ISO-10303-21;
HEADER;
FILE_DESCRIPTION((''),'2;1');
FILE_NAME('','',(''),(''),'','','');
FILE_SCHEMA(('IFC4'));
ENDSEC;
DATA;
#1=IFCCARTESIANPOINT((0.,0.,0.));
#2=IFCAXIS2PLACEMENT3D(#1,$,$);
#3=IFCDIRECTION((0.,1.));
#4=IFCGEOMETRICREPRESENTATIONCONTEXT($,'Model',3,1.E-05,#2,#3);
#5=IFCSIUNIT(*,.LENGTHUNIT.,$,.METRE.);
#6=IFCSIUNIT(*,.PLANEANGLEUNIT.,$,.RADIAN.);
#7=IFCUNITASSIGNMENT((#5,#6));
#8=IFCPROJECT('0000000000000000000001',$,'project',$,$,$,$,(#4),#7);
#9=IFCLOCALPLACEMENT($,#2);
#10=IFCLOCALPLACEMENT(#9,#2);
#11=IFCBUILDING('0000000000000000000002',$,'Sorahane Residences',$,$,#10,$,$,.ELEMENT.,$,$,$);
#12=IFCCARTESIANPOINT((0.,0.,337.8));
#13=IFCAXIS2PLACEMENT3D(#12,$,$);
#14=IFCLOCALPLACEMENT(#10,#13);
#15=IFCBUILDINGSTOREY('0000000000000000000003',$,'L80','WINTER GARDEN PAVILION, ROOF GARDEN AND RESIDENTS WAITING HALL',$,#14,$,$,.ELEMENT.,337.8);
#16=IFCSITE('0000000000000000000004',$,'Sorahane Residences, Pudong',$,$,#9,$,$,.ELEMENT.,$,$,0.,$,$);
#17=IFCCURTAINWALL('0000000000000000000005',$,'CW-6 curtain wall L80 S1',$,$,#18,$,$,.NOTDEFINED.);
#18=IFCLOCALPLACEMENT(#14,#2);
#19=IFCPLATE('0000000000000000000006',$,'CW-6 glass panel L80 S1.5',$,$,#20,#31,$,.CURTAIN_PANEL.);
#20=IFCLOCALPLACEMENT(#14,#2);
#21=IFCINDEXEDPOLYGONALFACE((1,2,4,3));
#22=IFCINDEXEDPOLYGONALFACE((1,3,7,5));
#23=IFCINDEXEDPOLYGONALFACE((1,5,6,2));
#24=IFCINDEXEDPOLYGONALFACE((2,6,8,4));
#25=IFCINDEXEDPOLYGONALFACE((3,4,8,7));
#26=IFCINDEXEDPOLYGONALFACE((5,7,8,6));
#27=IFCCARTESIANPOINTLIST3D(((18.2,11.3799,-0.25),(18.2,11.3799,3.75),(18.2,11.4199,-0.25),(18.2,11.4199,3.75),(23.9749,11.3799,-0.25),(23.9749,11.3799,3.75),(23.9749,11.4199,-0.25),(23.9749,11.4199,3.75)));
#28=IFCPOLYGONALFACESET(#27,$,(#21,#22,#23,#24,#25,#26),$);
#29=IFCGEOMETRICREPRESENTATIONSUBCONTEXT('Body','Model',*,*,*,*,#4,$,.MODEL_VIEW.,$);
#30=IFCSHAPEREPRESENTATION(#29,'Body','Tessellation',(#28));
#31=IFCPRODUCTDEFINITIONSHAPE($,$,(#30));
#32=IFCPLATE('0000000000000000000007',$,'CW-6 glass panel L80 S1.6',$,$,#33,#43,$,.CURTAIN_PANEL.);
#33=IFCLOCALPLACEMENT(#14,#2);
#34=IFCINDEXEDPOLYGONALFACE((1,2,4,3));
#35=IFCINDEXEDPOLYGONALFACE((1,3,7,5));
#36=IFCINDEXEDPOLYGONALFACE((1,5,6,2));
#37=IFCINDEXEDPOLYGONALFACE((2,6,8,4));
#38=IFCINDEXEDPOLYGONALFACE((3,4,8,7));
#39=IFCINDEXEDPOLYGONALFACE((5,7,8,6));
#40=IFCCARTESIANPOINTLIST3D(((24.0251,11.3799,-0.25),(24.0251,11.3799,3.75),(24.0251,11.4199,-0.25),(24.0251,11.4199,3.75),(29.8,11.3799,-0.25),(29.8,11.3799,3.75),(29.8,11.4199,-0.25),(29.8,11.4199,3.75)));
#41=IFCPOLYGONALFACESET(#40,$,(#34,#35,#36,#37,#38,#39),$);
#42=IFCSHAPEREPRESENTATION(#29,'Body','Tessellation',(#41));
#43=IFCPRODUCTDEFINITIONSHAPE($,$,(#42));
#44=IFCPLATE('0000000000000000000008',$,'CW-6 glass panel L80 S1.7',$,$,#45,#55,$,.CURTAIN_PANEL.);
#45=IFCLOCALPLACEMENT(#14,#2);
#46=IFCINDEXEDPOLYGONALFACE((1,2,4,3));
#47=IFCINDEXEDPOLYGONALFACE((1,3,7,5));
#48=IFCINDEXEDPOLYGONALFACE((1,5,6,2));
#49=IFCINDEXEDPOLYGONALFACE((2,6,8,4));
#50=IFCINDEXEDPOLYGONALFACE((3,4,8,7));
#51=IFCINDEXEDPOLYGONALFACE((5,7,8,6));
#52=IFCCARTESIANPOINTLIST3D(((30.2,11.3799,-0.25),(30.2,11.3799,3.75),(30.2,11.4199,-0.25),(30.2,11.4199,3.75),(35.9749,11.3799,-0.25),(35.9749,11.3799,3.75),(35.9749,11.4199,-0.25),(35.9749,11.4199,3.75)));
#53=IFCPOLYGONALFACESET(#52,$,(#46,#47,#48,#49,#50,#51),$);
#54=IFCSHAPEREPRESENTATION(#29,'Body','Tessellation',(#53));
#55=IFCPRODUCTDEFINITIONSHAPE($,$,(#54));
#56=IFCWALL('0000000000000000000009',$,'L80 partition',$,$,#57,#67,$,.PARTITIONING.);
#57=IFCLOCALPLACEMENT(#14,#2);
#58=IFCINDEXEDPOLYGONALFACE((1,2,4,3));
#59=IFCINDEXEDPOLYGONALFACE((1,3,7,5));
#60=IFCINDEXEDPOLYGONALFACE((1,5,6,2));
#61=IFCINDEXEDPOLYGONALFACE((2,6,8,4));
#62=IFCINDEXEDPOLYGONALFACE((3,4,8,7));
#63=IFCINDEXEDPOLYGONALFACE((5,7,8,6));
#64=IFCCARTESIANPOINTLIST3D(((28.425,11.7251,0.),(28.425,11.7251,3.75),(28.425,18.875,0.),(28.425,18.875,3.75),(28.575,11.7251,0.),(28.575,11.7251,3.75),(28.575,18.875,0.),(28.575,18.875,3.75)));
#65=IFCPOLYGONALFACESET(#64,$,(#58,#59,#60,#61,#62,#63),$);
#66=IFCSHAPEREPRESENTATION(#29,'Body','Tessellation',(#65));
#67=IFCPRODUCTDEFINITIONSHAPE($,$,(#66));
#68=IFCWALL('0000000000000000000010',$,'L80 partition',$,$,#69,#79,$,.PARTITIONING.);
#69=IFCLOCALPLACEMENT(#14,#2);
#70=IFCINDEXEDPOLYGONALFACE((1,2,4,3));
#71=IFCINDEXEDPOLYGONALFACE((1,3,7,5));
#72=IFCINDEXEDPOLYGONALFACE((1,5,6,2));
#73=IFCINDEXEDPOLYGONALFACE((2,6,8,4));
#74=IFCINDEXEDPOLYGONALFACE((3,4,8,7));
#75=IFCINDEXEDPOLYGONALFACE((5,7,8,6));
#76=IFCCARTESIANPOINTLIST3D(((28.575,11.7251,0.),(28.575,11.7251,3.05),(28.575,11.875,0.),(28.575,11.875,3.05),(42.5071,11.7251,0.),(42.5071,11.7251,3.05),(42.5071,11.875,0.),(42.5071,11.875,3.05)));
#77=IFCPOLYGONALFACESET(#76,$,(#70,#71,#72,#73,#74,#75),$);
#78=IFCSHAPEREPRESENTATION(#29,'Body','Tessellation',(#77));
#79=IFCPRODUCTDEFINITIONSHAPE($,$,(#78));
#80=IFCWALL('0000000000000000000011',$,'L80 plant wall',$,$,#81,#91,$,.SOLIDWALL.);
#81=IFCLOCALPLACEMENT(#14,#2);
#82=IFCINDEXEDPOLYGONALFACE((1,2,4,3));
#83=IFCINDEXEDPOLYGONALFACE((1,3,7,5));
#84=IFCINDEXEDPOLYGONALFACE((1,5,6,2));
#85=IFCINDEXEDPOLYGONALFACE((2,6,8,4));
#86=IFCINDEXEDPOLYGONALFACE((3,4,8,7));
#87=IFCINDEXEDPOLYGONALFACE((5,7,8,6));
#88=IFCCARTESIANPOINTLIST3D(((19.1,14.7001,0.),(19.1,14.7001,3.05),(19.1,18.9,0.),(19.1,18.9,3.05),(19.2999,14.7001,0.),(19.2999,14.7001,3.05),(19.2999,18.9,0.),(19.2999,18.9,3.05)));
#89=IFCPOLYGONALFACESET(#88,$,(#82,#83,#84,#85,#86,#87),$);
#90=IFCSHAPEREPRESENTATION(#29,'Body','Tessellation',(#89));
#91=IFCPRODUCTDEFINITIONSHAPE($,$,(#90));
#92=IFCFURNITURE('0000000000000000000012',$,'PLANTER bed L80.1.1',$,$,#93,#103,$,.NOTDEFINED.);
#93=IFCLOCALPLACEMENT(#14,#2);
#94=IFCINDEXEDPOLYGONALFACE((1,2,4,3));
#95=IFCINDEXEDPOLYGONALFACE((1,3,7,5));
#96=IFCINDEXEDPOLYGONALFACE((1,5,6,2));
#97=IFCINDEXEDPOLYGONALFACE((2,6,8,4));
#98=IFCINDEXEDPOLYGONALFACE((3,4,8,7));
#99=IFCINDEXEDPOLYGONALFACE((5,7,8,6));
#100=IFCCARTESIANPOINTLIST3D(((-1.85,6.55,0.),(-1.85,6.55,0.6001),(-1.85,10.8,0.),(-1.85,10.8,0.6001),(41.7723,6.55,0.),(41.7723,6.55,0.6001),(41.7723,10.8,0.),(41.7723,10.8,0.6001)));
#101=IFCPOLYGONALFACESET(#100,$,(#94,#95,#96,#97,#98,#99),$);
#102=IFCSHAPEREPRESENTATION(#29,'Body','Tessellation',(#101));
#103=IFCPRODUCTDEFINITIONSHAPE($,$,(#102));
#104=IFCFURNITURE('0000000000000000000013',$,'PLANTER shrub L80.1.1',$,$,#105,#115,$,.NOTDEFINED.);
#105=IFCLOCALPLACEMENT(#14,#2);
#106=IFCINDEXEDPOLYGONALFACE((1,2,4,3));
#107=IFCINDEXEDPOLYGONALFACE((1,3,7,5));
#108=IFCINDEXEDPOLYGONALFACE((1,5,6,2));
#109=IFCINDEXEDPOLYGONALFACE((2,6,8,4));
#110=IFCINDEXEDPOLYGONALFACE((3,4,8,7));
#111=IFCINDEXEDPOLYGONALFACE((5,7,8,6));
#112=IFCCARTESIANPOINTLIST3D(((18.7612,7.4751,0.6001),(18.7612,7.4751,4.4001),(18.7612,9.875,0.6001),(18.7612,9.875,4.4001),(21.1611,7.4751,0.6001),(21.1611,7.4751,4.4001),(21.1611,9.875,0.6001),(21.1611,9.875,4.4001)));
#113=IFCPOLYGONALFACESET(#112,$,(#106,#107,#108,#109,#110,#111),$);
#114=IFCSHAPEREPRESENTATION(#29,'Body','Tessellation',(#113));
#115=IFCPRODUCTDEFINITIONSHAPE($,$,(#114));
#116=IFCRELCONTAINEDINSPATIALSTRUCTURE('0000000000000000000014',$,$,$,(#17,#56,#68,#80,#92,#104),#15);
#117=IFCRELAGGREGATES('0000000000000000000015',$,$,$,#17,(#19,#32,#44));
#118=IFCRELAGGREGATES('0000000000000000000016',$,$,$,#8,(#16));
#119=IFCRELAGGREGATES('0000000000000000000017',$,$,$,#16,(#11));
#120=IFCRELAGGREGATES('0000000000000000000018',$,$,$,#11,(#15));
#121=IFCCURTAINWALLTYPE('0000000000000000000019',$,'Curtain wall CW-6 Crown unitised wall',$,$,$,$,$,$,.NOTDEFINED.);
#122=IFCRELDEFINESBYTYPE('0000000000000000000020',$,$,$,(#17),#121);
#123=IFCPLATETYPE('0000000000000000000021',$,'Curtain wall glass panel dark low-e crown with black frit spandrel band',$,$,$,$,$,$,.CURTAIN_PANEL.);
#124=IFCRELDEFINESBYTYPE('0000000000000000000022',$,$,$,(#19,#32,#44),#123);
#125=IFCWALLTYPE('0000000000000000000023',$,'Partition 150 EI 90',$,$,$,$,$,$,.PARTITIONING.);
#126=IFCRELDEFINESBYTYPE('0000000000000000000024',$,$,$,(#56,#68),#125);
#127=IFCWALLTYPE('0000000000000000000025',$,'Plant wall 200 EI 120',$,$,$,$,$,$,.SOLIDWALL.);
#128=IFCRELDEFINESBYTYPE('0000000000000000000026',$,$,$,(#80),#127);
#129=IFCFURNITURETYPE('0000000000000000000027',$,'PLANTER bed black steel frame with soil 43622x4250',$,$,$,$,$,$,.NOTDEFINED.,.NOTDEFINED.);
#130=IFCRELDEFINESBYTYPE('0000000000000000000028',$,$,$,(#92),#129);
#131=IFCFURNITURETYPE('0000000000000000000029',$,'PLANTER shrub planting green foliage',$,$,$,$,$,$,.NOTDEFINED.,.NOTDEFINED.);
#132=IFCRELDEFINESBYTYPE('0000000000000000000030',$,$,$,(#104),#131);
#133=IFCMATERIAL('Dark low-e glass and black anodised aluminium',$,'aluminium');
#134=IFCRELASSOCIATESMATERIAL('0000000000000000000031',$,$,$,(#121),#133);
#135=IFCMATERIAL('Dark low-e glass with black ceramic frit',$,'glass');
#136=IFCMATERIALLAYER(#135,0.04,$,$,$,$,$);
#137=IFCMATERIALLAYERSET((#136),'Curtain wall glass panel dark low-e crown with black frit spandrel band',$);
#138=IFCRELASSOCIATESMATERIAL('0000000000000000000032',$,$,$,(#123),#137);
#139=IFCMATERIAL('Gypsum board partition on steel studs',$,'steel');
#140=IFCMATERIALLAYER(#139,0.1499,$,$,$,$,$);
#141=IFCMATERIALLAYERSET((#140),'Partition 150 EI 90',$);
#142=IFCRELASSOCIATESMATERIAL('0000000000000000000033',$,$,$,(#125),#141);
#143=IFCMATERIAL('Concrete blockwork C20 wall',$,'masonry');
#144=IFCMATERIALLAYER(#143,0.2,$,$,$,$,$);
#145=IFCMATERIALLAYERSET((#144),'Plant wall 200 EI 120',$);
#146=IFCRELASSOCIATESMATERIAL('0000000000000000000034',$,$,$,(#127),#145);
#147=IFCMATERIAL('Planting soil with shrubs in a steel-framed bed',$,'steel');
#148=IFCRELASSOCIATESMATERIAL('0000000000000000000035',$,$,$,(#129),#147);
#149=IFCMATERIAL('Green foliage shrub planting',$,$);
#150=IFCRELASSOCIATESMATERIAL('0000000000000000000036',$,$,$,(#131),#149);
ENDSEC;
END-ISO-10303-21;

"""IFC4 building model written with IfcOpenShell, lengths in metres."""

from ifc_helpers import new_model, si_unit, direction, frame, frame_2d, origin, origin_2d, place, context, subcontext, project, spatial, rectangle, extrude, material, layer, layer_set, type_object, element, aggregate, save


model = new_model("IFC4")

# Units and contexts
model_context = context("Model", 3, precision=1e-05, world=origin(), true_north=direction((0.0, 1.0)))
body_context = subcontext(model_context, "Body", "Model", "MODEL_VIEW")
ifc_project = project(units=[si_unit("LENGTHUNIT", "METRE"), si_unit("PLANEANGLEUNIT", "RADIAN")], contexts=[model_context])

# Site, building, storey
site_placement = place(None, origin())
site = spatial("IfcSite", under=ifc_project, at=site_placement, Name="Sorahane Residences, Pudong", CompositionType="ELEMENT", RefElevation=0.0)
building_placement = place(site_placement, origin())
building = spatial("IfcBuilding", under=site, at=building_placement, Name="Sorahane Residences", CompositionType="ELEMENT")
storey_placement = place(building_placement, frame((0.0, 0.0, 337.8)))
storey = spatial("IfcBuildingStorey", under=building, at=storey_placement, Name="L80", Description="WINTER GARDEN PAVILION, ROOF GARDEN AND RESIDENTS WAITING HALL", CompositionType="ELEMENT", Elevation=337.8)

# Curtain wall
ifc_material_1 = material(Name="Dark low-e glass and black anodised aluminium", Category="aluminium")
curtain_wall_type = type_object("IfcCurtainWallType", Name="Curtain wall CW-6 Crown unitised wall", PredefinedType="NOTDEFINED", material=ifc_material_1)
curtain_wall_placement = place(storey_placement, origin())
curtain_wall = element("IfcCurtainWall", 1, at=curtain_wall_placement, inside=storey, type_object=curtain_wall_type, Name="CW-6 curtain wall L80 S1", PredefinedType="NOTDEFINED")

# Plates
ifc_material_2 = material(Name="Dark low-e glass with black ceramic frit", Category="glass")
ifc_layer_1 = layer(ifc_material_2, 0.04)
ifc_layer_set_1 = layer_set([ifc_layer_1], Name="Curtain wall glass panel dark low-e crown with black frit spandrel band")
plate_type = type_object("IfcPlateType", Name="Curtain wall glass panel dark low-e crown with black frit spandrel band", PredefinedType="CURTAIN_PANEL", material=ifc_layer_set_1)
plate_1_placement = place(storey_placement, frame((21.0874, 11.3999, -0.25), z_axis=(0.0, 0.0, 1.0), x_axis=(1.0, 0.0, 0.0)))
plate_1 = element("IfcPlate", 2, at=plate_1_placement, type_object=plate_type, Name="CW-6 glass panel L80 S1.5", PredefinedType="CURTAIN_PANEL", context=body_context, shape_type="SweptSolid", body=[
    extrude(rectangle(XDim=5.7749, YDim=0.04, at=origin_2d()), origin(), (0.0, 0.0, 1.0), 4.0),
])
plate_2_placement = place(storey_placement, frame((26.9126, 11.3999, -0.25), z_axis=(0.0, 0.0, 1.0), x_axis=(1.0, 0.0, 0.0)))
plate_2 = element("IfcPlate", 3, at=plate_2_placement, type_object=plate_type, Name="CW-6 glass panel L80 S1.6", PredefinedType="CURTAIN_PANEL", context=body_context, shape_type="SweptSolid", body=[
    extrude(rectangle(XDim=5.7749, YDim=0.04, at=origin_2d()), origin(), (0.0, 0.0, 1.0), 4.0),
])
plate_3_placement = place(storey_placement, frame((33.0874, 11.3999, -0.25), z_axis=(0.0, 0.0, 1.0), x_axis=(1.0, 0.0, 0.0)))
plate_3 = element("IfcPlate", 4, at=plate_3_placement, type_object=plate_type, Name="CW-6 glass panel L80 S1.7", PredefinedType="CURTAIN_PANEL", context=body_context, shape_type="SweptSolid", body=[
    extrude(rectangle(XDim=5.7749, YDim=0.04, at=origin_2d()), origin(), (0.0, 0.0, 1.0), 4.0),
])
aggregate(curtain_wall, [plate_1, plate_2, plate_3])

# Walls
ifc_material_3 = material(Name="Gypsum board partition on steel studs", Category="steel")
ifc_layer_2 = layer(ifc_material_3, 0.1499)
ifc_layer_set_2 = layer_set([ifc_layer_2], Name="Partition 150 EI 90")
wall_type_1 = type_object("IfcWallType", Name="Partition 150 EI 90", PredefinedType="PARTITIONING", material=ifc_layer_set_2)
wall_1_placement = place(storey_placement, frame((28.5, 11.7251, 0.0), z_axis=(0.0, 0.0, 1.0), x_axis=(0.0, 1.0, 0.0)))
element("IfcWall", 5, at=wall_1_placement, inside=storey, type_object=wall_type_1, Name="L80 partition", PredefinedType="PARTITIONING", context=body_context, shape_type="SweptSolid", body=[
    extrude(rectangle(XDim=7.1499, YDim=0.1499, at=frame_2d((3.575, 0.0))), origin(), (0.0, 0.0, 1.0), 3.75),
])
wall_2_placement = place(storey_placement, frame((28.575, 11.8, 0.0), z_axis=(0.0, 0.0, 1.0), x_axis=(1.0, 0.0, 0.0)))
element("IfcWall", 6, at=wall_2_placement, inside=storey, type_object=wall_type_1, Name="L80 partition", PredefinedType="PARTITIONING", context=body_context, shape_type="SweptSolid", body=[
    extrude(rectangle(XDim=13.9321, YDim=0.1499, at=frame_2d((6.9661, 0.0))), origin(), (0.0, 0.0, 1.0), 3.05),
])
ifc_material_4 = material(Name="Concrete blockwork C20 wall", Category="masonry")
ifc_layer_3 = layer(ifc_material_4, 0.2)
ifc_layer_set_3 = layer_set([ifc_layer_3], Name="Plant wall 200 EI 120")
wall_type_2 = type_object("IfcWallType", Name="Plant wall 200 EI 120", PredefinedType="SOLIDWALL", material=ifc_layer_set_3)
wall_3_placement = place(storey_placement, frame((19.2, 14.7, 0.0), z_axis=(0.0, 0.0, 1.0), x_axis=(0.0, 1.0, 0.0)))
element("IfcWall", 7, at=wall_3_placement, inside=storey, type_object=wall_type_2, Name="L80 plant wall", PredefinedType="SOLIDWALL", context=body_context, shape_type="SweptSolid", body=[
    extrude(rectangle(XDim=4.2, YDim=0.2, at=frame_2d((2.1001, 0.0))), origin(), (0.0, 0.0, 1.0), 3.05),
])

# Furniture
ifc_material_5 = material(Name="Planting soil with shrubs in a steel-framed bed", Category="steel")
furniture_type_1 = type_object("IfcFurnitureType", Name="PLANTER bed black steel frame with soil 43622x4250", AssemblyPlace="NOTDEFINED", PredefinedType="NOTDEFINED", material=ifc_material_5)
furniture_1_placement = place(storey_placement, frame((19.9612, 8.675, 0.0), z_axis=(0.0, 0.0, 1.0), x_axis=(1.0, 0.0, 0.0)))
element("IfcFurniture", 8, at=furniture_1_placement, inside=storey, type_object=furniture_type_1, Name="PLANTER bed L80.1.1", PredefinedType="NOTDEFINED", context=body_context, shape_type="SweptSolid", body=[
    extrude(rectangle(XDim=43.6223, YDim=4.25, at=origin_2d()), origin(), (0.0, 0.0, 1.0), 0.6001),
])
ifc_material_6 = material(Name="Green foliage shrub planting")
furniture_type_2 = type_object("IfcFurnitureType", Name="PLANTER shrub planting green foliage", AssemblyPlace="NOTDEFINED", PredefinedType="NOTDEFINED", material=ifc_material_6)
furniture_2_placement = place(storey_placement, frame((19.9612, 8.675, 0.6001), z_axis=(0.0, 0.0, 1.0), x_axis=(1.0, 0.0, 0.0)))
element("IfcFurniture", 9, at=furniture_2_placement, inside=storey, type_object=furniture_type_2, Name="PLANTER shrub L80.1.1", PredefinedType="NOTDEFINED", context=body_context, shape_type="SweptSolid", body=[
    extrude(rectangle(XDim=2.3999, YDim=2.3999, at=origin_2d()), origin(), (0.0, 0.0, 1.0), 3.8),
])

save(model, "model.ifc")
